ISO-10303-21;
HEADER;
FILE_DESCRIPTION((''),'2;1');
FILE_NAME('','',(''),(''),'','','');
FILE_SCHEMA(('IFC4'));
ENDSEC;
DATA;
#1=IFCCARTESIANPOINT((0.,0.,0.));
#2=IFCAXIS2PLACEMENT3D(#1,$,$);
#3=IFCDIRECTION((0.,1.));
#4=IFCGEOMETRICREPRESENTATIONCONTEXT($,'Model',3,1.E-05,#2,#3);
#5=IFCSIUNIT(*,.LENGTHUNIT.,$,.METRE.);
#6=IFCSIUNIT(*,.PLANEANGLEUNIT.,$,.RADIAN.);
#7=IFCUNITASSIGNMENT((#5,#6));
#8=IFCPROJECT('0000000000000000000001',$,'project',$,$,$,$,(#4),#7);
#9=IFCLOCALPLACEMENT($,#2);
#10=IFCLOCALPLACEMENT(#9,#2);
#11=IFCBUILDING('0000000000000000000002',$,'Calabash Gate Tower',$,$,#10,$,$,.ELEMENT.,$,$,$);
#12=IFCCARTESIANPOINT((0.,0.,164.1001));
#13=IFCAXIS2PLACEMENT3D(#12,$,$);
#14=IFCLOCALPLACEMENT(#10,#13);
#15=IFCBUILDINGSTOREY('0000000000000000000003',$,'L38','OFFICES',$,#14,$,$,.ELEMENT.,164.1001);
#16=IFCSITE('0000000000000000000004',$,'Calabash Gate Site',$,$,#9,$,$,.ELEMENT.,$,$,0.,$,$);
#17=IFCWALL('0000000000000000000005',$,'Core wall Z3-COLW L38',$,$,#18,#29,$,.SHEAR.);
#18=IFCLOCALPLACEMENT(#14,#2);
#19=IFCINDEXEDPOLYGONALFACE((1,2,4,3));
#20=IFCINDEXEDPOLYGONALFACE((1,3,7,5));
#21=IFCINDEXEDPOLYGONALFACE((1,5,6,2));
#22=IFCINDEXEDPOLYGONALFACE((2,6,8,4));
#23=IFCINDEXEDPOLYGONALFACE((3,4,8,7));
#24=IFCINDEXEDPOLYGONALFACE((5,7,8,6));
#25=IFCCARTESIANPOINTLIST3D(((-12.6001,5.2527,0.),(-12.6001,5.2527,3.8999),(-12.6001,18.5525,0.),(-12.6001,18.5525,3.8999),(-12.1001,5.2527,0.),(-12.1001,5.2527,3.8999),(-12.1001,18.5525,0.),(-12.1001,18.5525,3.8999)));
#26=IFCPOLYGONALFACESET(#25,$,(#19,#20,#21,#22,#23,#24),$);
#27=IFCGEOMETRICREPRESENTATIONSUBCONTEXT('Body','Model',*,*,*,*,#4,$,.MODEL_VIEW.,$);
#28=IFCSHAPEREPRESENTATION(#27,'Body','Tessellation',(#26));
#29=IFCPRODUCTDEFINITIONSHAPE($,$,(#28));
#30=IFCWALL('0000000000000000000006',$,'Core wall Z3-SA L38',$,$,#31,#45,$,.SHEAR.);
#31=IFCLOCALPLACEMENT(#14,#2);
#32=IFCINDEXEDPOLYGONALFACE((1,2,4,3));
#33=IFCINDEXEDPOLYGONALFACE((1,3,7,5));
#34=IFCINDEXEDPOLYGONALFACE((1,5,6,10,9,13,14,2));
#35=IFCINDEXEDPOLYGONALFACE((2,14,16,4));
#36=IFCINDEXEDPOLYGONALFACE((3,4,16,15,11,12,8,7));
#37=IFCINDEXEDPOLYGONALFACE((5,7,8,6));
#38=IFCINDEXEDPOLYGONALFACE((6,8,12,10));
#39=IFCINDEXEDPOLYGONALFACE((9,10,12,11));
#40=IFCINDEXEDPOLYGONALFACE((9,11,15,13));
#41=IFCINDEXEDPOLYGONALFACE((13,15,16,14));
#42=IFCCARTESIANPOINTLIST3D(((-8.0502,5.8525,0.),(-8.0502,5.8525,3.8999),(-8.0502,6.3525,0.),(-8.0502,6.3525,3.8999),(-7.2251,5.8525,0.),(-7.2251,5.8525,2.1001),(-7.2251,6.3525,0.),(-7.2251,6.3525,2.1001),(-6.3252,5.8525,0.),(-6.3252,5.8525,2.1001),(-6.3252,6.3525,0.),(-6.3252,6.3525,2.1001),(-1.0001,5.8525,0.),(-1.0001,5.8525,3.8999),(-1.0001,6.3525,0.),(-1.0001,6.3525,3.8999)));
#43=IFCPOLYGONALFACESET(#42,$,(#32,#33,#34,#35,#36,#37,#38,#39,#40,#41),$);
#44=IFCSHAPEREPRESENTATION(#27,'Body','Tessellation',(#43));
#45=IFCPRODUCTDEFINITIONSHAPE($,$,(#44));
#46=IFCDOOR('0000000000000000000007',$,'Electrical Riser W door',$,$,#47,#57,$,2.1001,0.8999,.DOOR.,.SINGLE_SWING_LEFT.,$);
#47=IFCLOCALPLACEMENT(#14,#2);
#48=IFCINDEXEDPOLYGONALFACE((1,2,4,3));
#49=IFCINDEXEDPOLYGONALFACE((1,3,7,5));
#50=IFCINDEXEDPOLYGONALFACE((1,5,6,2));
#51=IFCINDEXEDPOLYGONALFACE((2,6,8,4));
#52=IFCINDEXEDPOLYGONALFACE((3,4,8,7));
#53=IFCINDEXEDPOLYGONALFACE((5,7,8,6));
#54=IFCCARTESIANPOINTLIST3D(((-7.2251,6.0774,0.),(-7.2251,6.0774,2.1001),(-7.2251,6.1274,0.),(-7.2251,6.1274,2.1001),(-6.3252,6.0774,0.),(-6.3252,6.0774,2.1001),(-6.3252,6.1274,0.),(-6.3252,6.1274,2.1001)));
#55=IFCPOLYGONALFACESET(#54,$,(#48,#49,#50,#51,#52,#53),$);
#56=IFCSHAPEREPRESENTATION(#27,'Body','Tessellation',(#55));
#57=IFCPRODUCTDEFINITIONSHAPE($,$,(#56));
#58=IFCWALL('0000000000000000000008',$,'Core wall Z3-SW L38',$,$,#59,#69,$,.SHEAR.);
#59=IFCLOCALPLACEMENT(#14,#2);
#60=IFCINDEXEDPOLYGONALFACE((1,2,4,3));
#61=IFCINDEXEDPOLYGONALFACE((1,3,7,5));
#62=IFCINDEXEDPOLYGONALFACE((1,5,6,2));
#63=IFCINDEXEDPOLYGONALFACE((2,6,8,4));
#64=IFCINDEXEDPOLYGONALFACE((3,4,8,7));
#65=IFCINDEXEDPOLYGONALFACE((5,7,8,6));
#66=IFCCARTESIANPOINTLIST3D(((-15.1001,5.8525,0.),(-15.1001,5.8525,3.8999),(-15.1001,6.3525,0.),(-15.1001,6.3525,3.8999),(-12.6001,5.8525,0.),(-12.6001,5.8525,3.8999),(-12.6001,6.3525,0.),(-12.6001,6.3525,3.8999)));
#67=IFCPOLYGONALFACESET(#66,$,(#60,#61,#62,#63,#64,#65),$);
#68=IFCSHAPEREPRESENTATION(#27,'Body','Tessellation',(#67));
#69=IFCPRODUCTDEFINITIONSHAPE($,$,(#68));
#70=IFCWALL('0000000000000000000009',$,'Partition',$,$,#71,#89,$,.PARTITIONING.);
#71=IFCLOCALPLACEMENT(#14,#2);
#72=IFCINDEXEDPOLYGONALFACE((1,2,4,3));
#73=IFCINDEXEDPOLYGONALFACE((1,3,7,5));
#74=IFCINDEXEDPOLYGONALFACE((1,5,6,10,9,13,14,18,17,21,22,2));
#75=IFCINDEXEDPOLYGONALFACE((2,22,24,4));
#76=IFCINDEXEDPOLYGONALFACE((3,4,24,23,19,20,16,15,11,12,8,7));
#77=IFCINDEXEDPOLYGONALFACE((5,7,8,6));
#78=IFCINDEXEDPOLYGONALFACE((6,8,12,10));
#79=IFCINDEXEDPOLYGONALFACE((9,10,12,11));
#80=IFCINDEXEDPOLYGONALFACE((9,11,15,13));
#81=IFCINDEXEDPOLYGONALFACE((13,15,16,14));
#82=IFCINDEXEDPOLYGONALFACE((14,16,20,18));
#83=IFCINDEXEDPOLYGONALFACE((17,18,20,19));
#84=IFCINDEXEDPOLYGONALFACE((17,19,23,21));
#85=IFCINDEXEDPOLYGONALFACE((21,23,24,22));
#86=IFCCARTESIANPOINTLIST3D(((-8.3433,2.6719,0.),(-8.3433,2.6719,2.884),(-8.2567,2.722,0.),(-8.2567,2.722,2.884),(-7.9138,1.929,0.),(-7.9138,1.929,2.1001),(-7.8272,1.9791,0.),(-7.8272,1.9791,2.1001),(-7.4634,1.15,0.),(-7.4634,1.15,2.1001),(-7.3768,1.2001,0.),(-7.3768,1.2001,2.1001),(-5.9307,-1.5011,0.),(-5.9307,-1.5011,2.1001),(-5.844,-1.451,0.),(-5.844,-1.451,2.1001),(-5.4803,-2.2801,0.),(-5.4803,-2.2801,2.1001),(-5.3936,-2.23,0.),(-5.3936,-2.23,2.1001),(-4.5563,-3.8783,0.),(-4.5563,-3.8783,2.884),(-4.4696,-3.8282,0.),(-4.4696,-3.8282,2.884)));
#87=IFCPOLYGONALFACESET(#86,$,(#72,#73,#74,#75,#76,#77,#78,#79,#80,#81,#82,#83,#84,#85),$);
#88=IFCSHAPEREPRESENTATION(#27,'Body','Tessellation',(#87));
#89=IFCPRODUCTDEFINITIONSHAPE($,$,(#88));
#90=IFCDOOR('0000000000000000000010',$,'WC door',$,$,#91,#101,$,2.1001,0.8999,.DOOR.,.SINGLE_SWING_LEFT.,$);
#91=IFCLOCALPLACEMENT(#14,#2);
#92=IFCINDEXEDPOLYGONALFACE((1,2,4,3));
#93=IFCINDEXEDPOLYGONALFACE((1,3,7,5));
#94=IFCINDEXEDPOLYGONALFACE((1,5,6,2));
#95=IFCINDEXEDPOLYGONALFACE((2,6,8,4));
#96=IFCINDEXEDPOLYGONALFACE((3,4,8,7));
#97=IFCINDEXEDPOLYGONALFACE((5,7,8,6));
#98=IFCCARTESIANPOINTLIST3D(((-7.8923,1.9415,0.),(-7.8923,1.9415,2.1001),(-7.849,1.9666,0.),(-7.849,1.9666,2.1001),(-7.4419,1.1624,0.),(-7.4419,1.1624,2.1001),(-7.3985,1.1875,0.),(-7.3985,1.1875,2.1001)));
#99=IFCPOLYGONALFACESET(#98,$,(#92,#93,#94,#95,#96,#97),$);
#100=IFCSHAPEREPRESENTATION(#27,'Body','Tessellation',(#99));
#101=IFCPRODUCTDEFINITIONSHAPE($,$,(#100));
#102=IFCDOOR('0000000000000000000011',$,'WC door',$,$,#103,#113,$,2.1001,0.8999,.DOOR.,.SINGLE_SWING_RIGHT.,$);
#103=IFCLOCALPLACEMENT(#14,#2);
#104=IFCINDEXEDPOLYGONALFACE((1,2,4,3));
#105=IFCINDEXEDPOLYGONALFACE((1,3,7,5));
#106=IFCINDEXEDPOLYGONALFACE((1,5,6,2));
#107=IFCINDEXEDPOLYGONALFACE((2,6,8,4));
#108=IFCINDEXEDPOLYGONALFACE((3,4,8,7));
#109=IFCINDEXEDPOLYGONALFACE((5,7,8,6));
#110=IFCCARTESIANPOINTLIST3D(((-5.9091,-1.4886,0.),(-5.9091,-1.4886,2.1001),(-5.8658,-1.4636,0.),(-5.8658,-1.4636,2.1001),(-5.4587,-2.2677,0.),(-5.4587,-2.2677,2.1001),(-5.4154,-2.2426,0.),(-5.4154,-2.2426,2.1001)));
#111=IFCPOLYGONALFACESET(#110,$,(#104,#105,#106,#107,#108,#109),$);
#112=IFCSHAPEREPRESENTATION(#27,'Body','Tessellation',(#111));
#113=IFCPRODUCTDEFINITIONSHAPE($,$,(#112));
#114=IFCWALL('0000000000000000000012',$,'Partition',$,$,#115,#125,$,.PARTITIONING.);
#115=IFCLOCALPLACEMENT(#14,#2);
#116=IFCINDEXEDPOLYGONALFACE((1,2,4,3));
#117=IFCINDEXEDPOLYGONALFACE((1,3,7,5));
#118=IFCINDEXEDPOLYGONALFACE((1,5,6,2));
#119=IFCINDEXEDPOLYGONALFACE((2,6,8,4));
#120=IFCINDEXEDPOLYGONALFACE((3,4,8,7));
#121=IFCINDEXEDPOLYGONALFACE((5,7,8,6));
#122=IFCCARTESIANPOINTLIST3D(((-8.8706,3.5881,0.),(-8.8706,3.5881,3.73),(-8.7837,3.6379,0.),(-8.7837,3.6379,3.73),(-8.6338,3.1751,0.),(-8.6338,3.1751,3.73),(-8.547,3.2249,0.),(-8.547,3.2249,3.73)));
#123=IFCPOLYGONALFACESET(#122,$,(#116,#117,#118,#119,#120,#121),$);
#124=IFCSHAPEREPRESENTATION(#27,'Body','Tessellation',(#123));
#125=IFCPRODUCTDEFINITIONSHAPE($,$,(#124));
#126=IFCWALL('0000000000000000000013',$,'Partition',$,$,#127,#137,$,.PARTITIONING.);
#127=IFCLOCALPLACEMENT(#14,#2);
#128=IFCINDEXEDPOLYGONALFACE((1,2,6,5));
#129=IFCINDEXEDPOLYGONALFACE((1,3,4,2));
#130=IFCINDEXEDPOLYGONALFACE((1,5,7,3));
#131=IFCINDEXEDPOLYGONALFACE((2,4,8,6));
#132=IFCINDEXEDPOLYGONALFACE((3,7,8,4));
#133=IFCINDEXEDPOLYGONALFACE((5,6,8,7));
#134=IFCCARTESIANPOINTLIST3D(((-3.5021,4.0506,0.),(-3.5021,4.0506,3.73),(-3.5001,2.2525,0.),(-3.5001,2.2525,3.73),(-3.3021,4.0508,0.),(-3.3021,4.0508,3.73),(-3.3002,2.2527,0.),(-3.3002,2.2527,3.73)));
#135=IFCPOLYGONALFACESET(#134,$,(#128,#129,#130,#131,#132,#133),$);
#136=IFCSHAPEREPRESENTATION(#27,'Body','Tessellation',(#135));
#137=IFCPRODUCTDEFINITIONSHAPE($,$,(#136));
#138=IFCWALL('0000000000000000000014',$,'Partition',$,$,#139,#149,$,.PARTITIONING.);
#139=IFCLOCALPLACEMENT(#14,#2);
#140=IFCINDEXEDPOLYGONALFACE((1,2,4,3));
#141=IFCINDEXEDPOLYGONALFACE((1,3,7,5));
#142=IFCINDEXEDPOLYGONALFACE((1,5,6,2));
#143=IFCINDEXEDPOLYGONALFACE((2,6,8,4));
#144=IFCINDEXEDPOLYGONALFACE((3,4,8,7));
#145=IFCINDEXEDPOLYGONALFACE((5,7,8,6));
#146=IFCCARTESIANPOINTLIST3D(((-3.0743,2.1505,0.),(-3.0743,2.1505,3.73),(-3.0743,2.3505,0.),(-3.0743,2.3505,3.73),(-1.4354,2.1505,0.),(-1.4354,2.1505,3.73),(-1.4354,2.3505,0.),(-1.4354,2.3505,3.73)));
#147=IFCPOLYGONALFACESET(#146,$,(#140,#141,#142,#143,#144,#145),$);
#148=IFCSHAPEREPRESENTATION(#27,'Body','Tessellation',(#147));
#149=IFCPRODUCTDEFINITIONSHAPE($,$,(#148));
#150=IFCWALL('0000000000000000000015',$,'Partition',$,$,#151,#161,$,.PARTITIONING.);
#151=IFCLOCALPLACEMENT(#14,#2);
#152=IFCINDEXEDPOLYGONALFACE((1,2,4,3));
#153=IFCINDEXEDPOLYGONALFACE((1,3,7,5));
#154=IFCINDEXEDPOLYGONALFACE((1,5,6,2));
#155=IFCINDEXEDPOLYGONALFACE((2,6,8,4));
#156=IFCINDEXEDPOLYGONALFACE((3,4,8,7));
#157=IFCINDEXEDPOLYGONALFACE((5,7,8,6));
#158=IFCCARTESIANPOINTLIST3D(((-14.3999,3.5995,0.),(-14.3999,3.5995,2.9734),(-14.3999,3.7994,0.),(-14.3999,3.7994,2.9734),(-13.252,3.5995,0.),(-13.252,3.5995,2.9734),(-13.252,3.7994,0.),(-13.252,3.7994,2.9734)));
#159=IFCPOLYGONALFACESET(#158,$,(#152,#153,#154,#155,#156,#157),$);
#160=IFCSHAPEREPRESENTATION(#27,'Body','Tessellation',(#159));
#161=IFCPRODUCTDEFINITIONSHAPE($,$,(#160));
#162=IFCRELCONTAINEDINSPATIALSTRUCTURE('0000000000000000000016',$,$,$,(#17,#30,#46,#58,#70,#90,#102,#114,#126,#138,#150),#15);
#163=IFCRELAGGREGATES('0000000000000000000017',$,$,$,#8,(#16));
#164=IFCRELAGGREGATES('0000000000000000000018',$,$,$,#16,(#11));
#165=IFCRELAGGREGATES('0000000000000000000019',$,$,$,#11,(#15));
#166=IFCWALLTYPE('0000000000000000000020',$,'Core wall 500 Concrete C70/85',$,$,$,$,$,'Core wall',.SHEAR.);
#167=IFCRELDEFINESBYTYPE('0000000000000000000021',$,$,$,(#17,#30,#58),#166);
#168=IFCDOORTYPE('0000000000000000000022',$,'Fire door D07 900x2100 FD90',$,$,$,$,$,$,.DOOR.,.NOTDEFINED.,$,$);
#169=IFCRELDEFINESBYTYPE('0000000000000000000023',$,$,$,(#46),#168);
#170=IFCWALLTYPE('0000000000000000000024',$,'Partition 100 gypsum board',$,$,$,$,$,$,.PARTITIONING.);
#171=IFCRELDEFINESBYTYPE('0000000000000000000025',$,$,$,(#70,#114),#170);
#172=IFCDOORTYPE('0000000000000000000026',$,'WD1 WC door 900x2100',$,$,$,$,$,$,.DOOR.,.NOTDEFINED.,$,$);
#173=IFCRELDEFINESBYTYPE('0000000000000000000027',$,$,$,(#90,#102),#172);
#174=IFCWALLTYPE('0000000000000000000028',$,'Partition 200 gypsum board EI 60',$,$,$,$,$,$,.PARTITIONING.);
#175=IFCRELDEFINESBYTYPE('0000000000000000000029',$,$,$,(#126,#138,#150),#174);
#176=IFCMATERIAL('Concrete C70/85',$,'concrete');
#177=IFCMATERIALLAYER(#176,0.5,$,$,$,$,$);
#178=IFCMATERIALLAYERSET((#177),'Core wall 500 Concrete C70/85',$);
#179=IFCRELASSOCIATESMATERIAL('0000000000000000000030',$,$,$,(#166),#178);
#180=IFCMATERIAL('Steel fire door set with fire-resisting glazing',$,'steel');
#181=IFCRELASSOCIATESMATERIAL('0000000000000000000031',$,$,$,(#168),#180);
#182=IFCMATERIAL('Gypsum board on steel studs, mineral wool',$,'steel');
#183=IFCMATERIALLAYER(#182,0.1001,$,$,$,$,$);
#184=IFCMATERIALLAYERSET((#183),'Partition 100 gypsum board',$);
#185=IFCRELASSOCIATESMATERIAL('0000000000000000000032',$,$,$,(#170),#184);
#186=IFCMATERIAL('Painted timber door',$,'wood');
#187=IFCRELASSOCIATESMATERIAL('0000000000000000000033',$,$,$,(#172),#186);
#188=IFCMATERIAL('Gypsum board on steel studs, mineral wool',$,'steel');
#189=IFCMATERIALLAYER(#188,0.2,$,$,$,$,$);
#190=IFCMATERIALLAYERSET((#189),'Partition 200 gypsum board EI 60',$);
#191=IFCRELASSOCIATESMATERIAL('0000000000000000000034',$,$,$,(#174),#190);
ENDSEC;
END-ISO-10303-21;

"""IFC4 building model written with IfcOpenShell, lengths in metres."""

from ifc_helpers import new_model, si_unit, direction, frame, frame_2d, origin, place, context, subcontext, project, spatial, rectangle, extrude, material, layer, layer_set, type_object, element, fill, save


model = new_model("IFC4")

# Units and contexts
model_context = context("Model", 3, precision=1e-05, world=origin(), true_north=direction((0.0, 1.0)))
body_context = subcontext(model_context, "Body", "Model", "MODEL_VIEW")
ifc_project = project(units=[si_unit("LENGTHUNIT", "METRE"), si_unit("PLANEANGLEUNIT", "RADIAN")], contexts=[model_context])

# Site, building, storey
site_placement = place(None, origin())
site = spatial("IfcSite", under=ifc_project, at=site_placement, Name="Calabash Gate Site", CompositionType="ELEMENT", RefElevation=0.0)
building_placement = place(site_placement, origin())
building = spatial("IfcBuilding", under=site, at=building_placement, Name="Calabash Gate Tower", CompositionType="ELEMENT")
storey_placement = place(building_placement, frame((0.0, 0.0, 164.1001)))
storey = spatial("IfcBuildingStorey", under=building, at=storey_placement, Name="L38", Description="OFFICES", CompositionType="ELEMENT", Elevation=164.1001)

# Wall
ifc_material_1 = material(Name="Concrete C70/85", Category="concrete")
ifc_layer_1 = layer(ifc_material_1, 0.5)
ifc_layer_set_1 = layer_set([ifc_layer_1], Name="Core wall 500 Concrete C70/85")
wall_type_1 = type_object("IfcWallType", Name="Core wall 500 Concrete C70/85", ElementType="Core wall", PredefinedType="SHEAR", material=ifc_layer_set_1)
wall_1_placement = place(storey_placement, frame((-12.3501, 5.2527, 0.0), z_axis=(0.0, 0.0, 1.0), x_axis=(0.0, 1.0, 0.0)))
element("IfcWall", 1, at=wall_1_placement, inside=storey, type_object=wall_type_1, Name="Core wall Z3-COLW L38", PredefinedType="SHEAR", context=body_context, shape_type="SweptSolid", body=[
    extrude(rectangle(XDim=13.2998, YDim=0.5, at=frame_2d((6.6499, 0.0))), origin(), (0.0, 0.0, 1.0), 3.8999),
])

# Wall, opening, door
wall_2_placement = place(storey_placement, frame((-8.05, 6.1025, 0.0), z_axis=(0.0, 0.0, 1.0), x_axis=(1.0, 0.0, 0.0)))
wall_2 = element("IfcWall", 2, at=wall_2_placement, inside=storey, type_object=wall_type_1, Name="Core wall Z3-SA L38", PredefinedType="SHEAR", context=body_context, shape_type="SweptSolid", body=[
    extrude(rectangle(XDim=7.05, YDim=0.5, at=frame_2d((3.5249, 0.0))), origin(), (0.0, 0.0, 1.0), 3.8999),
])
opening_1_placement = place(wall_2_placement, frame((0.825, 0.0, 0.0)))
opening_1 = element("IfcOpeningElement", 3, at=opening_1_placement, cuts=wall_2, PredefinedType="OPENING", context=body_context, shape_type="SweptSolid", body=[
    extrude(rectangle(XDim=0.8999, YDim=2.1001, at=frame_2d((0.45, 1.05))), frame((0.0, 0.26, 0.0), z_axis=(0.0, -1.0, 0.0), x_axis=(1.0, 0.0, 0.0)), (0.0, 0.0, 1.0), 0.52),
])
ifc_material_2 = material(Name="Steel fire door set with fire-resisting glazing", Category="steel")
door_type_1 = type_object("IfcDoorType", Name="Fire door D07 900x2100 FD90", OperationType="NOTDEFINED", PredefinedType="DOOR", material=ifc_material_2)
door_1_placement = place(opening_1_placement, origin())
door_1 = element("IfcDoor", 4, at=door_1_placement, inside=storey, type_object=door_type_1, Name="Electrical Riser W door", OperationType="SINGLE_SWING_LEFT", OverallHeight=2.1001, OverallWidth=0.8999, PredefinedType="DOOR", context=body_context, shape_type="SweptSolid", body=[
    extrude(rectangle(XDim=0.8999, YDim=2.1001, at=frame_2d((0.45, 1.05))), frame((0.0, 0.0249, 0.0), z_axis=(0.0, -1.0, 0.0), x_axis=(1.0, 0.0, 0.0)), (0.0, 0.0, 1.0), 0.05),
])
fill(opening_1, door_1)

# Wall
wall_3_placement = place(storey_placement, frame((-12.6001, 6.1025, 0.0), z_axis=(0.0, 0.0, 1.0), x_axis=(-1.0, 0.0, 0.0)))
element("IfcWall", 5, at=wall_3_placement, inside=storey, type_object=wall_type_1, Name="Core wall Z3-SW L38", PredefinedType="SHEAR", context=body_context, shape_type="SweptSolid", body=[
    extrude(rectangle(XDim=2.5, YDim=0.5, at=frame_2d((1.25, 0.0))), origin(), (0.0, 0.0, 1.0), 3.8999),
])

# Wall, openings, doors
ifc_material_3 = material(Name="Gypsum board on steel studs, mineral wool", Category="steel")
ifc_layer_2 = layer(ifc_material_3, 0.1001)
ifc_layer_set_2 = layer_set([ifc_layer_2], Name="Partition 100 gypsum board")
wall_type_2 = type_object("IfcWallType", Name="Partition 100 gypsum board", PredefinedType="PARTITIONING", material=ifc_layer_set_2)
wall_4_placement = place(storey_placement, frame((-8.3, 2.697, 0.0), z_axis=(0.0, 0.0, 1.0), x_axis=(0.500525, -0.865722, 0.0)))
wall_4 = element("IfcWall", 6, at=wall_4_placement, inside=storey, type_object=wall_type_2, Name="Partition", PredefinedType="PARTITIONING", context=body_context, shape_type="SweptSolid", body=[
    extrude(rectangle(XDim=7.5662, YDim=0.1001, at=frame_2d((3.7832, 0.0))), origin(), (0.0, 0.0, 1.0), 2.884),
])
opening_2_placement = place(wall_4_placement, frame((0.8582, 0.0, 0.0)))
opening_2 = element("IfcOpeningElement", 7, at=opening_2_placement, cuts=wall_4, PredefinedType="OPENING", context=body_context, shape_type="SweptSolid", body=[
    extrude(rectangle(XDim=0.8999, YDim=2.1001, at=frame_2d((0.45, 1.05))), frame((0.0, 0.0601, 0.0), z_axis=(0.0, -1.0, 0.0), x_axis=(1.0, 0.0, 0.0)), (0.0, 0.0, 1.0), 0.1201),
])
opening_3_placement = place(wall_4_placement, frame((4.8203, 0.0, 0.0)))
opening_3 = element("IfcOpeningElement", 8, at=opening_3_placement, cuts=wall_4, PredefinedType="OPENING", context=body_context, shape_type="SweptSolid", body=[
    extrude(rectangle(XDim=0.8999, YDim=2.1001, at=frame_2d((0.45, 1.05))), frame((0.0, 0.0601, 0.0), z_axis=(0.0, -1.0, 0.0), x_axis=(1.0, 0.0, 0.0)), (0.0, 0.0, 1.0), 0.1201),
])
ifc_material_4 = material(Name="Painted timber door", Category="wood")
door_type_2 = type_object("IfcDoorType", Name="WD1 WC door 900x2100", OperationType="NOTDEFINED", PredefinedType="DOOR", material=ifc_material_4)
door_2_placement = place(opening_2_placement, origin())
door_2 = element("IfcDoor", 9, at=door_2_placement, inside=storey, type_object=door_type_2, Name="WC door", OperationType="SINGLE_SWING_LEFT", OverallHeight=2.1001, OverallWidth=0.8999, PredefinedType="DOOR", context=body_context, shape_type="SweptSolid", body=[
    extrude(rectangle(XDim=0.8999, YDim=2.1001, at=frame_2d((0.45, 1.05))), frame((0.0, 0.0249, 0.0), z_axis=(0.0, -1.0, 0.0), x_axis=(1.0, 0.0, 0.0)), (0.0, 0.0, 1.0), 0.05),
])
fill(opening_2, door_2)
door_3_placement = place(opening_3_placement, origin())
door_3 = element("IfcDoor", 10, at=door_3_placement, inside=storey, type_object=door_type_2, Name="WC door", OperationType="SINGLE_SWING_RIGHT", OverallHeight=2.1001, OverallWidth=0.8999, PredefinedType="DOOR", context=body_context, shape_type="SweptSolid", body=[
    extrude(rectangle(XDim=0.8999, YDim=2.1001, at=frame_2d((0.45, 1.05))), frame((0.0, 0.0249, 0.0), z_axis=(0.0, -1.0, 0.0), x_axis=(1.0, 0.0, 0.0)), (0.0, 0.0, 1.0), 0.05),
])
fill(opening_3, door_3)

# Wall
wall_5_placement = place(storey_placement, frame((-8.8271, 3.613, 0.0), z_axis=(0.0, 0.0, 1.0), x_axis=(0.497353, -0.867548, 0.0)))
element("IfcWall", 11, at=wall_5_placement, inside=storey, type_object=wall_type_2, Name="Partition", PredefinedType="PARTITIONING", context=body_context, shape_type="SweptSolid", body=[
    extrude(rectangle(XDim=0.4761, YDim=0.1001, at=frame_2d((0.238, 0.0))), origin(), (0.0, 0.0, 1.0), 3.73),
])

# Shared definitions
ifc_material_5 = material(Name="Gypsum board on steel studs, mineral wool", Category="steel")
ifc_layer_3 = layer(ifc_material_5, 0.2)
ifc_layer_set_3 = layer_set([ifc_layer_3], Name="Partition 200 gypsum board EI 60")
wall_type_3 = type_object("IfcWallType", Name="Partition 200 gypsum board EI 60", PredefinedType="PARTITIONING", material=ifc_layer_set_3)

# Walls
wall_6_placement = place(storey_placement, frame((-3.4021, 4.0505, 0.0), z_axis=(0.0, 0.0, 1.0), x_axis=(0.001086, -0.999999, 0.0)))
element("IfcWall", 12, at=wall_6_placement, inside=storey, type_object=wall_type_3, Name="Partition", PredefinedType="PARTITIONING", context=body_context, shape_type="SweptSolid", body=[
    extrude(rectangle(XDim=1.7981, YDim=0.2, at=frame_2d((0.8989, 0.0))), origin(), (0.0, 0.0, 1.0), 3.73),
])
wall_7_placement = place(storey_placement, frame((-3.0742, 2.2505, 0.0), z_axis=(0.0, 0.0, 1.0), x_axis=(1.0, 0.0, 0.0)))
element("IfcWall", 13, at=wall_7_placement, inside=storey, type_object=wall_type_3, Name="Partition", PredefinedType="PARTITIONING", context=body_context, shape_type="SweptSolid", body=[
    extrude(rectangle(XDim=1.6389, YDim=0.2, at=frame_2d((0.8193, 0.0))), origin(), (0.0, 0.0, 1.0), 3.73),
])
wall_8_placement = place(storey_placement, frame((-14.3999, 3.6995, 0.0), z_axis=(0.0, 0.0, 1.0), x_axis=(1.0, 0.0, 0.0)))
element("IfcWall", 14, at=wall_8_placement, inside=storey, type_object=wall_type_3, Name="Partition", PredefinedType="PARTITIONING", context=body_context, shape_type="SweptSolid", body=[
    extrude(rectangle(XDim=1.1479, YDim=0.2, at=frame_2d((0.574, 0.0))), origin(), (0.0, 0.0, 1.0), 2.9734),
])

save(model, "model.ifc")
